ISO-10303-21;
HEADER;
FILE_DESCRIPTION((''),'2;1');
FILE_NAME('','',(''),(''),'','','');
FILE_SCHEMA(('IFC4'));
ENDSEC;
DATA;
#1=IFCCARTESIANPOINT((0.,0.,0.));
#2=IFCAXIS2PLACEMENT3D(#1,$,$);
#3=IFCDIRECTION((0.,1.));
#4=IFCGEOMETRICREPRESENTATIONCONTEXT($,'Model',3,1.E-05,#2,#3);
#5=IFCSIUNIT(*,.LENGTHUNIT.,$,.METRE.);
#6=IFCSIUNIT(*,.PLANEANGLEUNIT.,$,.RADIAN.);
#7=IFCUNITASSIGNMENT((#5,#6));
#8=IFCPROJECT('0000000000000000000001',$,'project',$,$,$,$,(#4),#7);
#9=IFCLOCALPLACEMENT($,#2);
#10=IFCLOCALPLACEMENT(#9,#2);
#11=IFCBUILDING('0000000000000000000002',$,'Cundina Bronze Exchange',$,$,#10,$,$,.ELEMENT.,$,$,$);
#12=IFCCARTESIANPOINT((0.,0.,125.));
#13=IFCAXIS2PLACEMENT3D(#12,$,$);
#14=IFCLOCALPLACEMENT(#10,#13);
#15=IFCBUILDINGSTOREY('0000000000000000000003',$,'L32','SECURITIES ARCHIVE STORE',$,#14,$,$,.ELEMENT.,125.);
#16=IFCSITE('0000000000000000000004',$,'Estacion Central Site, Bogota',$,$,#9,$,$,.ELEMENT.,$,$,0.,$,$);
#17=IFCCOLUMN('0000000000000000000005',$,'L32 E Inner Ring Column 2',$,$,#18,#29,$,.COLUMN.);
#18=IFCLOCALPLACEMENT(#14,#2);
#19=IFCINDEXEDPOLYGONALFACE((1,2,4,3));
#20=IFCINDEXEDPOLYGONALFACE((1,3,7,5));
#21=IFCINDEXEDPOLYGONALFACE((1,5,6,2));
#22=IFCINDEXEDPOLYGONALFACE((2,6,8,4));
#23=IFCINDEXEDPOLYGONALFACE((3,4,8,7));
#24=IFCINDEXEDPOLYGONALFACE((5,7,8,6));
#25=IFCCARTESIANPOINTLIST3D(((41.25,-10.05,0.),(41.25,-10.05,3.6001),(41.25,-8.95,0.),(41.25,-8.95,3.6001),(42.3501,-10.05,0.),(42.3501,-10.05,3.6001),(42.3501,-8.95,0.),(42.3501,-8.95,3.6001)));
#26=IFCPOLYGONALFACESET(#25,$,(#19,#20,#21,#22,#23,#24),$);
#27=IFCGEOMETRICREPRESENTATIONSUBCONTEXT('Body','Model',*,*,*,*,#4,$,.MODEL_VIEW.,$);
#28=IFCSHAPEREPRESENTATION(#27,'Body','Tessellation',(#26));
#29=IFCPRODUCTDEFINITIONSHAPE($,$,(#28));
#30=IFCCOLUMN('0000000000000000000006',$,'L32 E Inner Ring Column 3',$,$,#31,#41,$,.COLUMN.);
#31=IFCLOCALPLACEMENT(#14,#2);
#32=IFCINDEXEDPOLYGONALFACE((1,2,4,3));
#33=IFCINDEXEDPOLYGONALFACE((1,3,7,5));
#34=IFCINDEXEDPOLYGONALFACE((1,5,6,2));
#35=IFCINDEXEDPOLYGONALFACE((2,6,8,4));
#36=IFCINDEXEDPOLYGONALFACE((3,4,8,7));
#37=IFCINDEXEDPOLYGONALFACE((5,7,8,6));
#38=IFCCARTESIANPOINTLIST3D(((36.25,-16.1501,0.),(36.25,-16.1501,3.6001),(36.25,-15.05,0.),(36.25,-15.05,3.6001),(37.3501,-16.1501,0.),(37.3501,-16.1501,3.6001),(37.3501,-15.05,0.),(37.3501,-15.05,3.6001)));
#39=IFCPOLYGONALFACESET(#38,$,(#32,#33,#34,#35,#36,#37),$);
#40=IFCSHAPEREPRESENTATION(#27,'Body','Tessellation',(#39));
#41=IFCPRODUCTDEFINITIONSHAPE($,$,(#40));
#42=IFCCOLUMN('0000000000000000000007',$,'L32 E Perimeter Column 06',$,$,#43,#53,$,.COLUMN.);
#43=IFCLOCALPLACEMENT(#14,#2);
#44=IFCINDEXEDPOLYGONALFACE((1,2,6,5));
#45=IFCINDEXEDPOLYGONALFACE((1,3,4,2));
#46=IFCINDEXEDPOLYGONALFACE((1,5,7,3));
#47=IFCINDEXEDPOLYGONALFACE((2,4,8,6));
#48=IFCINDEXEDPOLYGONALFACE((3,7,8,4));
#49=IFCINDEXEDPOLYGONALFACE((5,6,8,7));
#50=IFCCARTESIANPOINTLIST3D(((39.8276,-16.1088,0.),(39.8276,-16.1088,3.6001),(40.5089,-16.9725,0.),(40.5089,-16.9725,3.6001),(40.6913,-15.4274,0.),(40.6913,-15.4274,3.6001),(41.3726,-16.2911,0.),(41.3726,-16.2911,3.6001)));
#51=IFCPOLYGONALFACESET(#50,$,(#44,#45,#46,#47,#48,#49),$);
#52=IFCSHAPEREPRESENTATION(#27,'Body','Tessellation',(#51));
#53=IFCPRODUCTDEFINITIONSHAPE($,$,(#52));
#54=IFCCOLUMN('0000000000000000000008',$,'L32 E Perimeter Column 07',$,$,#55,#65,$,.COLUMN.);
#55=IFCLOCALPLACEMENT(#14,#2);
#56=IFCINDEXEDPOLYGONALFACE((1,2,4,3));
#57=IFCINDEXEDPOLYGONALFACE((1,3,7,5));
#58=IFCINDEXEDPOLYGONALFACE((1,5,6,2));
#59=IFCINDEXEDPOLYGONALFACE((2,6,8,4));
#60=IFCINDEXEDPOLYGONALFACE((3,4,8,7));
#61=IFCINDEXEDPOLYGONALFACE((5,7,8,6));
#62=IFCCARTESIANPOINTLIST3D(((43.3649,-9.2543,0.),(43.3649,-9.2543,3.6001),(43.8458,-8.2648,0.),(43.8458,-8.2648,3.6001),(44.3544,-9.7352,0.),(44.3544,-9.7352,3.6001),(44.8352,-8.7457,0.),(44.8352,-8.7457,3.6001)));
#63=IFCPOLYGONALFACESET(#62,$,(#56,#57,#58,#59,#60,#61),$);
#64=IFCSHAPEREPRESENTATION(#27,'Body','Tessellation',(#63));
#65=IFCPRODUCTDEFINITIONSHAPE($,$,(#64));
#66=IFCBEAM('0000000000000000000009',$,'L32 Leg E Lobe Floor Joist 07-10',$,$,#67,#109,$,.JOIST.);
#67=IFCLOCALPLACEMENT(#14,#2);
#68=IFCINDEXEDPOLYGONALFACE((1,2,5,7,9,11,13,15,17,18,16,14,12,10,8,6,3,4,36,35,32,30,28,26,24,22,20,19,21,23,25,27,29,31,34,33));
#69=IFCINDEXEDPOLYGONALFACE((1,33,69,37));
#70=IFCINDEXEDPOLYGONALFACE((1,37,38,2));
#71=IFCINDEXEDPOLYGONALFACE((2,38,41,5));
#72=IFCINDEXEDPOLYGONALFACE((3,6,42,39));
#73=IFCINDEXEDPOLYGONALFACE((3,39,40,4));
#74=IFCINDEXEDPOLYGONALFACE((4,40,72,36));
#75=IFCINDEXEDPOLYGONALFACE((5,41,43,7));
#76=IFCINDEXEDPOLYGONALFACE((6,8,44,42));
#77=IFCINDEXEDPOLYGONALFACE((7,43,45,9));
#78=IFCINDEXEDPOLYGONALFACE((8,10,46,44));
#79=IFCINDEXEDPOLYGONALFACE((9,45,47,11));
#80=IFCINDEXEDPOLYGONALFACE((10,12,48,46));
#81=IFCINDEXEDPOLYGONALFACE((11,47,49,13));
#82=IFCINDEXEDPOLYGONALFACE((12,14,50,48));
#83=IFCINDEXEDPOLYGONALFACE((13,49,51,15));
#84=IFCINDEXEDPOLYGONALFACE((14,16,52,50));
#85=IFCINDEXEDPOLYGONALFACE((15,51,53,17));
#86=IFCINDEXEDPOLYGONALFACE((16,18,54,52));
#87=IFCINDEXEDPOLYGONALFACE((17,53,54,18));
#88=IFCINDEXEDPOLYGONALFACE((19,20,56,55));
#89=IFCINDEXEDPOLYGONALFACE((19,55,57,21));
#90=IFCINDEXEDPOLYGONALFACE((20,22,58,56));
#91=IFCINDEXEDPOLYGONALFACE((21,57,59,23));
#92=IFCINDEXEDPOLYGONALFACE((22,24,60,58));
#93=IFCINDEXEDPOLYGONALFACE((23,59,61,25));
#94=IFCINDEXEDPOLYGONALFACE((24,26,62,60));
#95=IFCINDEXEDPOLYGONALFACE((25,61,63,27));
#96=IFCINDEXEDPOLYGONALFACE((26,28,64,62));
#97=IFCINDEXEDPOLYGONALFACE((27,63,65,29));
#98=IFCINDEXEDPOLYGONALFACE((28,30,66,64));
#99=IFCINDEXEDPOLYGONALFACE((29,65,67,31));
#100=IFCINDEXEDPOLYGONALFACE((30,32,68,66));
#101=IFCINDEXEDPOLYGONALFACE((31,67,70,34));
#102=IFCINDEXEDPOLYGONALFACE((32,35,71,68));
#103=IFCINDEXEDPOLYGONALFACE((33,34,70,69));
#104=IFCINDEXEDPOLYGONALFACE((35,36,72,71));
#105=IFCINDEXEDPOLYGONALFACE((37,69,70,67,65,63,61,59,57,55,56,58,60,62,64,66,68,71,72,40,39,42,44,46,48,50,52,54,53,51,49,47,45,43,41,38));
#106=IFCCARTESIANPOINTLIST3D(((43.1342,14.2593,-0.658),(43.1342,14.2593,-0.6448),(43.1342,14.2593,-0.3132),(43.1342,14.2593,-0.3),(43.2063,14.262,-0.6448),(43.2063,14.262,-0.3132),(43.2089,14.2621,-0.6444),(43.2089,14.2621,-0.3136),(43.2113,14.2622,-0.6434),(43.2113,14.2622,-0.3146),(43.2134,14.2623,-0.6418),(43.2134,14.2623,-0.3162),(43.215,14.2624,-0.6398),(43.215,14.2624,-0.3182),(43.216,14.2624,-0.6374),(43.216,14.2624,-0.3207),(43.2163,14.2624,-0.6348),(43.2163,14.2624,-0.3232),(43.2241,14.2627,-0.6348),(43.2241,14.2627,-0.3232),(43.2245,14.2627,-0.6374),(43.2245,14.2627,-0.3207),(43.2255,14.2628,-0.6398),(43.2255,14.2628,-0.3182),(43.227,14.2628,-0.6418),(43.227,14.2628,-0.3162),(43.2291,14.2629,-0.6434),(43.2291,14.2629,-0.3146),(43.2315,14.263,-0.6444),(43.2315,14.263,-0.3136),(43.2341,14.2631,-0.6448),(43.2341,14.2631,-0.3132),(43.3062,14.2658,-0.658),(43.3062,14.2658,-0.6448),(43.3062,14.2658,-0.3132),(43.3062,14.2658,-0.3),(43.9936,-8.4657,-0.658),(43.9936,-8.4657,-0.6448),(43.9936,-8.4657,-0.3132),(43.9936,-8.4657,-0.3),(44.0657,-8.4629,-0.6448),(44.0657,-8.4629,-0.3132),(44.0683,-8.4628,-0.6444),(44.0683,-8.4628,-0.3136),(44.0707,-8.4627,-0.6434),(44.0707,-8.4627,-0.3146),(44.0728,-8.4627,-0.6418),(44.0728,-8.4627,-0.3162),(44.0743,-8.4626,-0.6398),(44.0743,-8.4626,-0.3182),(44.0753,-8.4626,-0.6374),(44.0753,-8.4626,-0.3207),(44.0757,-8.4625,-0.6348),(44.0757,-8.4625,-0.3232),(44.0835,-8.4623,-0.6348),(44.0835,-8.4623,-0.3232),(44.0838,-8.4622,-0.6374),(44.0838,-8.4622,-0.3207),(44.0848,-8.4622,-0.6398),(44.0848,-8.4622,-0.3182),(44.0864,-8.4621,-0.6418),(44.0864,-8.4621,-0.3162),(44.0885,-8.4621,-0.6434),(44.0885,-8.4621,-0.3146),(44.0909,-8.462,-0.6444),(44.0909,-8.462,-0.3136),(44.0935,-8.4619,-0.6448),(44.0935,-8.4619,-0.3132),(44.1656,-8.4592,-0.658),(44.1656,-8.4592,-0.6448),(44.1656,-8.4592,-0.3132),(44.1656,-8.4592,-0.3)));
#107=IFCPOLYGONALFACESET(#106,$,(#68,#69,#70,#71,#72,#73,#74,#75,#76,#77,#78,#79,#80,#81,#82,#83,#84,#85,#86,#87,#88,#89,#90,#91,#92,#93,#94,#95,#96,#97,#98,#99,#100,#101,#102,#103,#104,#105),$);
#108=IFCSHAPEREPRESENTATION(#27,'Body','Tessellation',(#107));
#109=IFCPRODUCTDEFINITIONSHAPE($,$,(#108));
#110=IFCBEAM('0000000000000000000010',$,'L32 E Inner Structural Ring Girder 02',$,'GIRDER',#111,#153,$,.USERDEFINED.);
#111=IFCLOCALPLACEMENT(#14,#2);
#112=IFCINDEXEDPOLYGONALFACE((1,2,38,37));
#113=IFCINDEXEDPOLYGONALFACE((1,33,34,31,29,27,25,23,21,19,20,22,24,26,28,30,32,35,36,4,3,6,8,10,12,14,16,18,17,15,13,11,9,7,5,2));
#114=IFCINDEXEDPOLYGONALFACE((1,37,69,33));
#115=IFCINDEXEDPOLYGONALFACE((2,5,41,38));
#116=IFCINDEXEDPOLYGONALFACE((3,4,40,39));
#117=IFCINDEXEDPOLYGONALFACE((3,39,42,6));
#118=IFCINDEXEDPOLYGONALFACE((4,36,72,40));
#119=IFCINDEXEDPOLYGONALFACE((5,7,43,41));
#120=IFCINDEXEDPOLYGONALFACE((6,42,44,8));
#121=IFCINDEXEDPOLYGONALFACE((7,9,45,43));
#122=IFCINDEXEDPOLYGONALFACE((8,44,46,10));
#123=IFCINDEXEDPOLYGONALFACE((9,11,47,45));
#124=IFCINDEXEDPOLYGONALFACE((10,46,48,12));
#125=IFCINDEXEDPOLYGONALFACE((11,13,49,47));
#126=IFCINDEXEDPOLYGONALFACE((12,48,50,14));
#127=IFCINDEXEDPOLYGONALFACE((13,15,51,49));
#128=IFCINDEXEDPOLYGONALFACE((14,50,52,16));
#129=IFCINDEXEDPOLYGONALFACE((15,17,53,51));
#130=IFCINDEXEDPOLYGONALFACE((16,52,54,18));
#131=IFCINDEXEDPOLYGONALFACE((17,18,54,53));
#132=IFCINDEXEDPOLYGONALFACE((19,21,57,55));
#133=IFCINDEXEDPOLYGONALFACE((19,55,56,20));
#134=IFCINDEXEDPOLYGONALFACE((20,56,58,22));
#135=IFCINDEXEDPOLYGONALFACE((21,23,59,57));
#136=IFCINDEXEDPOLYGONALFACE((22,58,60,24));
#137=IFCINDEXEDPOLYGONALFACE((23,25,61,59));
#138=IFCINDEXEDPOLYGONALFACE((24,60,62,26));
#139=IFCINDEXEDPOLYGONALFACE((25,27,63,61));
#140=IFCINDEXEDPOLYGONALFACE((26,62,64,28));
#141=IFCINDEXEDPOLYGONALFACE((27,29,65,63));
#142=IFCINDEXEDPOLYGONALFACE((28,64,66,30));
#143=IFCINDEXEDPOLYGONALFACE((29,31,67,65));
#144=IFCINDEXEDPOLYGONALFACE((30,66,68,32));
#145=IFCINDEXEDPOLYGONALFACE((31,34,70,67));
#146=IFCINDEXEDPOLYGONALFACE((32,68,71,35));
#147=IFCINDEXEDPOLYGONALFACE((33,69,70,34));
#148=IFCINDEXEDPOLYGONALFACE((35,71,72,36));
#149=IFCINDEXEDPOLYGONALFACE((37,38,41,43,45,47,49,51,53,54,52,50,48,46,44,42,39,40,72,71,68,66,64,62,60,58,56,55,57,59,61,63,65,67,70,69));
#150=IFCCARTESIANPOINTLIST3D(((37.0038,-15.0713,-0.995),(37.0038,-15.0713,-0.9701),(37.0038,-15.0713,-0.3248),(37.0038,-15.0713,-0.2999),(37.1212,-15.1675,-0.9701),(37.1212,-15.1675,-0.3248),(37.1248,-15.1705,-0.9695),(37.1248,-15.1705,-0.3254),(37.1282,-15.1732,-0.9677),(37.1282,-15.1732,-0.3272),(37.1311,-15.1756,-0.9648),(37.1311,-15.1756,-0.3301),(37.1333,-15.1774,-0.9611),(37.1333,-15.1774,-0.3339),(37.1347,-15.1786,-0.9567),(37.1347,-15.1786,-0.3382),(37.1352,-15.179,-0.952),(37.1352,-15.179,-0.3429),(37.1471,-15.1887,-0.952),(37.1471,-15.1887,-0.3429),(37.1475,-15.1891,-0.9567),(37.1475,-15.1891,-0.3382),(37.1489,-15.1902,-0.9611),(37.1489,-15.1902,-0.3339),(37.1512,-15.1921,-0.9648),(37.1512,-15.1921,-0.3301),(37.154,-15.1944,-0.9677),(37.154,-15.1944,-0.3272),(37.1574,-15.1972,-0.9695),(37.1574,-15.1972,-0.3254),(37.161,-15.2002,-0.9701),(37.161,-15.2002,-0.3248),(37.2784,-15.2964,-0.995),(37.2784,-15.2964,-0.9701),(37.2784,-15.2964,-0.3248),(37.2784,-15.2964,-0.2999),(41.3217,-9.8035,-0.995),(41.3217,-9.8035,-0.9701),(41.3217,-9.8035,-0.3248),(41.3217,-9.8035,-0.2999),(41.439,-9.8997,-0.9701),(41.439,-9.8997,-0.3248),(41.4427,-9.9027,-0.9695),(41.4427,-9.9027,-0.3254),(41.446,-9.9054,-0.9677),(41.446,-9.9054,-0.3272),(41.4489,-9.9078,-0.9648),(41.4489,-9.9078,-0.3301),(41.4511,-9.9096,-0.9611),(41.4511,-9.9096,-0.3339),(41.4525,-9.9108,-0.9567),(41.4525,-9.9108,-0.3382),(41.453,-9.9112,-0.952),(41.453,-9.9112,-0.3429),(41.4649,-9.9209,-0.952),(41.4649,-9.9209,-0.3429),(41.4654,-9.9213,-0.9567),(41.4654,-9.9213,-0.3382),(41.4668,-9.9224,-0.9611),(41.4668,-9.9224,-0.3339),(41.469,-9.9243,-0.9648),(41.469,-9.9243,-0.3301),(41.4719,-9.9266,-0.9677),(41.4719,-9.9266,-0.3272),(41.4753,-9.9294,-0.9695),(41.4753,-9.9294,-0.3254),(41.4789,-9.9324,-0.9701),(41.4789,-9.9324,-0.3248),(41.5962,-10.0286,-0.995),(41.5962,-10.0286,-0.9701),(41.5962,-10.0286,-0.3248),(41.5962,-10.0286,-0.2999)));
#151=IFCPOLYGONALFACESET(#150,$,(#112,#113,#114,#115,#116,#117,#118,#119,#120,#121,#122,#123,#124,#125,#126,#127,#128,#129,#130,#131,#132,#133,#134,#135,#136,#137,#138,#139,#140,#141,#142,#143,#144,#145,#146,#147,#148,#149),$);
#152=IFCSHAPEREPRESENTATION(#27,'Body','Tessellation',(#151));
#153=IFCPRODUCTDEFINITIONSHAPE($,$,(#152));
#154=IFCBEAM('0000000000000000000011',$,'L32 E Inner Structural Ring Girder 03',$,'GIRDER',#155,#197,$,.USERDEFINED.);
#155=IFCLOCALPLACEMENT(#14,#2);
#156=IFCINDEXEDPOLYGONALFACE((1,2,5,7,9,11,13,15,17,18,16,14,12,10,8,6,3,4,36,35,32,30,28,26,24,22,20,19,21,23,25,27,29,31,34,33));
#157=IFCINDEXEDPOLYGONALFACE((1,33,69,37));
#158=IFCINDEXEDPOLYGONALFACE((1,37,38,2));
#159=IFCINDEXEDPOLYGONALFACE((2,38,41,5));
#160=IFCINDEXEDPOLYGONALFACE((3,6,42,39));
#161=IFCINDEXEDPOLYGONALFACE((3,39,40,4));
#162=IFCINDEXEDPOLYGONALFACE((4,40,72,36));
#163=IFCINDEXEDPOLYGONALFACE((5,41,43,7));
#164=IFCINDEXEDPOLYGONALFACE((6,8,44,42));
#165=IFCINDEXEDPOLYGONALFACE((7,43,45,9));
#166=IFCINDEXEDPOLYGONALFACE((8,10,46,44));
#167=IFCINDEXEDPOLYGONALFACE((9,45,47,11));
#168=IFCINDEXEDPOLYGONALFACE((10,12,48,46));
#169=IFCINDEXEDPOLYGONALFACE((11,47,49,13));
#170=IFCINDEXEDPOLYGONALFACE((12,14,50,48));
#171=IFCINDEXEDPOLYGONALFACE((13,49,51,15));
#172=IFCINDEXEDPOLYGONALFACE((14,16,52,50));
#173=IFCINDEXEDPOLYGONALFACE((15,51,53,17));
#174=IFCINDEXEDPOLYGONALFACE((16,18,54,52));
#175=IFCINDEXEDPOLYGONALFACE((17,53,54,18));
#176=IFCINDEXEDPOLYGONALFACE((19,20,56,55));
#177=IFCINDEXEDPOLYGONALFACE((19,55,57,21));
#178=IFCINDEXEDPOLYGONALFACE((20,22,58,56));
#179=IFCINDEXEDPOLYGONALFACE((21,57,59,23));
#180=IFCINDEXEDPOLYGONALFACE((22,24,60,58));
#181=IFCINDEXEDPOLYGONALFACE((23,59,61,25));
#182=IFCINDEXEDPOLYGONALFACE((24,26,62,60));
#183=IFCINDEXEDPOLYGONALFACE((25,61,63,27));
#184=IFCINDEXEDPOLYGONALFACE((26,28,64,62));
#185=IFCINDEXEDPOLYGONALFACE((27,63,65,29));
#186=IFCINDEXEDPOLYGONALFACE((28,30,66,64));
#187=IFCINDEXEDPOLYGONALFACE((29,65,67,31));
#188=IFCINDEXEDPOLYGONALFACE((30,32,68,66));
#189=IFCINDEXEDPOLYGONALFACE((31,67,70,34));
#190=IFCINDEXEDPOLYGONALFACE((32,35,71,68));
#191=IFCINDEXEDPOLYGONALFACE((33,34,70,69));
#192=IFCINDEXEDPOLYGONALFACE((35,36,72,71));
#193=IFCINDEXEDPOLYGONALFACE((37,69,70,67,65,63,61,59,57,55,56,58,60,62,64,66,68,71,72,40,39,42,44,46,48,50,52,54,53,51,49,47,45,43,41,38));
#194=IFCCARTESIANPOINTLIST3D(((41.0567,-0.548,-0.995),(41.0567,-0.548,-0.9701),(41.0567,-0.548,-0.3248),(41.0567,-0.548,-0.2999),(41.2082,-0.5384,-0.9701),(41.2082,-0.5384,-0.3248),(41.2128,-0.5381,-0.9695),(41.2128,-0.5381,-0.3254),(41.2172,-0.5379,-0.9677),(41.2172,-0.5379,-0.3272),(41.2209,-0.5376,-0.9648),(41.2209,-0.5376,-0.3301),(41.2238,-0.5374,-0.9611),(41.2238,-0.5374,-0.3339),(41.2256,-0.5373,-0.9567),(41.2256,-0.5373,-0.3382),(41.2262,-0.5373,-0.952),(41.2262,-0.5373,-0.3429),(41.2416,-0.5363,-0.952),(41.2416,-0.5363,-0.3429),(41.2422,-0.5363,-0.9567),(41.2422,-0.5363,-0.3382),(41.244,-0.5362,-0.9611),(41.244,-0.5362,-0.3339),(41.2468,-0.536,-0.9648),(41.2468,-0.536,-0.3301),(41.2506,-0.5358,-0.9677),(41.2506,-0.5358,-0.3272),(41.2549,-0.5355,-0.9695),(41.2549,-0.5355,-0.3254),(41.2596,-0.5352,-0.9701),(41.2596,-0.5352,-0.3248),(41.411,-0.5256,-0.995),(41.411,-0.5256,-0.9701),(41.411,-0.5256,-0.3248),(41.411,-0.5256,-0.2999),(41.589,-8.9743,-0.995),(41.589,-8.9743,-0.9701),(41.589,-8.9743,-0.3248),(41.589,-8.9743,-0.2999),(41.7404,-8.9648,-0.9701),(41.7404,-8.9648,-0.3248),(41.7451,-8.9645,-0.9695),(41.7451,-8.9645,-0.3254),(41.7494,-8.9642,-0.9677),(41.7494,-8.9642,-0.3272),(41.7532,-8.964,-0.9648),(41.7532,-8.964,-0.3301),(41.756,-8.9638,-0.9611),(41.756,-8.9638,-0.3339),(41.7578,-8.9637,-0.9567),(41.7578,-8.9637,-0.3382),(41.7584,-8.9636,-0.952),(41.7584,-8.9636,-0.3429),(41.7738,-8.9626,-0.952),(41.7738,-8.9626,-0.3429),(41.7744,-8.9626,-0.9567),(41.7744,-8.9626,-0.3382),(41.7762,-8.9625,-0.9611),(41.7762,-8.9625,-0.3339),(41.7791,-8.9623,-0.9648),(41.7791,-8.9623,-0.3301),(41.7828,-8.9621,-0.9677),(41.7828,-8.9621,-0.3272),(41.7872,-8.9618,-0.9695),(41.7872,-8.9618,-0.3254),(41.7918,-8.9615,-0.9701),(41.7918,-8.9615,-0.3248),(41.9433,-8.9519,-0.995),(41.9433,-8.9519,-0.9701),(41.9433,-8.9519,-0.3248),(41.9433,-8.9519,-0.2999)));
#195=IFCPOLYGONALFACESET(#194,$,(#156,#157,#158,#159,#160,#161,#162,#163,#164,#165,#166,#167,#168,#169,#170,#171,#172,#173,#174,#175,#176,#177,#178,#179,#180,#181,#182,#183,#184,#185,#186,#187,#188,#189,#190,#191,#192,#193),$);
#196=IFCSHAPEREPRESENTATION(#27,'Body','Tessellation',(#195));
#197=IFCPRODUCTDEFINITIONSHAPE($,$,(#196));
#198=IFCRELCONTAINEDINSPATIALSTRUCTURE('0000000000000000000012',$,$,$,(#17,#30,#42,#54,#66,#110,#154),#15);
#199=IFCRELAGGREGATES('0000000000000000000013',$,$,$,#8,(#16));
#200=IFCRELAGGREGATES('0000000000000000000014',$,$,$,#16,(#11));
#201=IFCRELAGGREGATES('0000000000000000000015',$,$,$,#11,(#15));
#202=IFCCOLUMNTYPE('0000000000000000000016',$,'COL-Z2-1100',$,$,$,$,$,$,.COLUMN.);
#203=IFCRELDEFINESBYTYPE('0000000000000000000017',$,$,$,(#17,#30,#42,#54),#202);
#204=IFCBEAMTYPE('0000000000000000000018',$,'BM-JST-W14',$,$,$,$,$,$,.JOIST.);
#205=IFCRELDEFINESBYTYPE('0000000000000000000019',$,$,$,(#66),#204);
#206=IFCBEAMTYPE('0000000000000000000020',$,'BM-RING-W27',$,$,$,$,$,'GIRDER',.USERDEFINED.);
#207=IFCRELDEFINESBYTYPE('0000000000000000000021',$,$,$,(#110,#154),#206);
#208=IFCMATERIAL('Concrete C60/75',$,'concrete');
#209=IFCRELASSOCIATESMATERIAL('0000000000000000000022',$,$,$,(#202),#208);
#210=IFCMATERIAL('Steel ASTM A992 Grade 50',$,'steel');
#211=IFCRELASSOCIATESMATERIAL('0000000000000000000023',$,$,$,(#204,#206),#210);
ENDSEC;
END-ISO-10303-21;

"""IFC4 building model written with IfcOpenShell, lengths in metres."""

from ifc_helpers import new_model, si_unit, direction, frame, origin, origin_2d, place, context, subcontext, project, spatial, rectangle, i_section, extrude, material, material_profile, profile_set, type_object, element, save


model = new_model("IFC4")

# Units and contexts
model_context = context("Model", 3, precision=1e-05, world=origin(), true_north=direction((0.0, 1.0)))
body_context = subcontext(model_context, "Body", "Model", "MODEL_VIEW")
ifc_project = project(units=[si_unit("LENGTHUNIT", "METRE"), si_unit("PLANEANGLEUNIT", "RADIAN")], contexts=[model_context])

# Site, building, storey
site_placement = place(None, origin())
site = spatial("IfcSite", under=ifc_project, at=site_placement, Name="Estacion Central Site, Bogota", CompositionType="ELEMENT", RefElevation=0.0)
building_placement = place(site_placement, origin())
building = spatial("IfcBuilding", under=site, at=building_placement, Name="Cundina Bronze Exchange", CompositionType="ELEMENT")
storey_placement = place(building_placement, frame((0.0, 0.0, 125.0)))
storey = spatial("IfcBuildingStorey", under=building, at=storey_placement, Name="L32", Description="SECURITIES ARCHIVE STORE", CompositionType="ELEMENT", Elevation=125.0)

# Columns
ifc_material_1 = material(Name="Concrete C60/75", Category="concrete")
ifc_material_profile_1 = material_profile(ifc_material_1, rectangle(XDim=1.1001, YDim=1.1001, at=origin_2d()), Name="RC1100X1100", Category="concrete")
ifc_profile_set_1 = profile_set([ifc_material_profile_1], Name="Concrete C60/75")
column_type = type_object("IfcColumnType", Name="COL-Z2-1100", PredefinedType="COLUMN", material=ifc_profile_set_1)
for number, where, z_axis, x_axis, name in (
    (1, (41.8, -9.5, 0.0), (0.0, 0.0, 1.0), (1.0, 0.0, 0.0), "L32 E Inner Ring Column 2"),
    (2, (36.8, -15.6001, 0.0), (0.0, 0.0, 1.0), (1.0, 0.0, 0.0), "L32 E Inner Ring Column 3"),
    (3, (40.6001, -16.2, 0.0), (0.0, 0.0, 1.0), (0.785101, 0.619368, 0.0), "L32 E Perimeter Column 06"),
    (4, (44.1001, -9.0, 0.0), (0.0, 0.0, 1.0), (0.437116, 0.899405, 0.0), "L32 E Perimeter Column 07"),
):
    element("IfcColumn", number, at=place(storey_placement, frame(where, z_axis=z_axis, x_axis=x_axis)), inside=storey, type_object=column_type, Name=name, PredefinedType="COLUMN", context=body_context, shape_type="SweptSolid", body=[
        extrude(rectangle(XDim=1.1001, YDim=1.1001, at=origin_2d()), origin(), (0.0, 0.0, 1.0), 3.6001),
    ])

# Beams
ifc_material_2 = material(Name="Steel ASTM A992 Grade 50", Category="steel")
ifc_material_profile_2 = material_profile(ifc_material_2, i_section(OverallWidth=0.1721, OverallDepth=0.3579, WebThickness=0.0078, FlangeThickness=0.0132, FilletRadius=0.01, at=origin_2d()), Name="W14X38", Category="steel")
ifc_profile_set_2 = profile_set([ifc_material_profile_2], Name="Steel ASTM A992 Grade 50")
beam_type_1 = type_object("IfcBeamType", Name="BM-JST-W14", PredefinedType="JOIST", material=ifc_profile_set_2)
beam_1_placement = place(storey_placement, frame((44.0796, -8.4624, -0.479), z_axis=(-0.03779, 0.999286, 0.0), x_axis=(-0.999286, -0.03779, 0.0)))
element("IfcBeam", 5, at=beam_1_placement, inside=storey, type_object=beam_type_1, Name="L32 Leg E Lobe Floor Joist 07-10", PredefinedType="JOIST", context=body_context, shape_type="SweptSolid", body=[
    extrude(i_section(OverallWidth=0.1721, OverallDepth=0.3579, WebThickness=0.0078, FlangeThickness=0.0132, FilletRadius=0.01, at=origin_2d()), origin(), (0.0, 0.0, 1.0), 22.7412),
])
ifc_material_profile_3 = material_profile(ifc_material_2, i_section(OverallWidth=0.355, OverallDepth=0.6951, WebThickness=0.0154, FlangeThickness=0.0249, FilletRadius=0.0181, at=origin_2d()), Name="W27X146", Category="steel")
ifc_profile_set_3 = profile_set([ifc_material_profile_3], Name="Steel ASTM A992 Grade 50")
beam_type_2 = type_object("IfcBeamType", Name="BM-RING-W27", ElementType="GIRDER", PredefinedType="USERDEFINED", material=ifc_profile_set_3)
beam_2_placement = place(storey_placement, frame((37.1411, -15.1838, -0.6475), z_axis=(0.633927, 0.773393, 0.0), x_axis=(-0.773393, 0.633927, 0.0)))
element("IfcBeam", 6, at=beam_2_placement, inside=storey, type_object=beam_type_2, Name="L32 E Inner Structural Ring Girder 02", ObjectType="GIRDER", PredefinedType="USERDEFINED", context=body_context, shape_type="SweptSolid", body=[
    extrude(i_section(OverallWidth=0.355, OverallDepth=0.6951, WebThickness=0.0154, FlangeThickness=0.0249, FilletRadius=0.0181, at=origin_2d()), origin(), (0.0, 0.0, 1.0), 6.8113),
])
beam_3_placement = place(storey_placement, frame((41.7661, -8.9631, -0.6475), z_axis=(-0.063037, 0.998011, 0.0), x_axis=(-0.998011, -0.063037, 0.0)))
element("IfcBeam", 7, at=beam_3_placement, inside=storey, type_object=beam_type_2, Name="L32 E Inner Structural Ring Girder 03", ObjectType="GIRDER", PredefinedType="USERDEFINED", context=body_context, shape_type="SweptSolid", body=[
    extrude(i_section(OverallWidth=0.355, OverallDepth=0.6951, WebThickness=0.0154, FlangeThickness=0.0249, FilletRadius=0.0181, at=origin_2d()), origin(), (0.0, 0.0, 1.0), 8.4431),
])

save(model, "model.ifc")
